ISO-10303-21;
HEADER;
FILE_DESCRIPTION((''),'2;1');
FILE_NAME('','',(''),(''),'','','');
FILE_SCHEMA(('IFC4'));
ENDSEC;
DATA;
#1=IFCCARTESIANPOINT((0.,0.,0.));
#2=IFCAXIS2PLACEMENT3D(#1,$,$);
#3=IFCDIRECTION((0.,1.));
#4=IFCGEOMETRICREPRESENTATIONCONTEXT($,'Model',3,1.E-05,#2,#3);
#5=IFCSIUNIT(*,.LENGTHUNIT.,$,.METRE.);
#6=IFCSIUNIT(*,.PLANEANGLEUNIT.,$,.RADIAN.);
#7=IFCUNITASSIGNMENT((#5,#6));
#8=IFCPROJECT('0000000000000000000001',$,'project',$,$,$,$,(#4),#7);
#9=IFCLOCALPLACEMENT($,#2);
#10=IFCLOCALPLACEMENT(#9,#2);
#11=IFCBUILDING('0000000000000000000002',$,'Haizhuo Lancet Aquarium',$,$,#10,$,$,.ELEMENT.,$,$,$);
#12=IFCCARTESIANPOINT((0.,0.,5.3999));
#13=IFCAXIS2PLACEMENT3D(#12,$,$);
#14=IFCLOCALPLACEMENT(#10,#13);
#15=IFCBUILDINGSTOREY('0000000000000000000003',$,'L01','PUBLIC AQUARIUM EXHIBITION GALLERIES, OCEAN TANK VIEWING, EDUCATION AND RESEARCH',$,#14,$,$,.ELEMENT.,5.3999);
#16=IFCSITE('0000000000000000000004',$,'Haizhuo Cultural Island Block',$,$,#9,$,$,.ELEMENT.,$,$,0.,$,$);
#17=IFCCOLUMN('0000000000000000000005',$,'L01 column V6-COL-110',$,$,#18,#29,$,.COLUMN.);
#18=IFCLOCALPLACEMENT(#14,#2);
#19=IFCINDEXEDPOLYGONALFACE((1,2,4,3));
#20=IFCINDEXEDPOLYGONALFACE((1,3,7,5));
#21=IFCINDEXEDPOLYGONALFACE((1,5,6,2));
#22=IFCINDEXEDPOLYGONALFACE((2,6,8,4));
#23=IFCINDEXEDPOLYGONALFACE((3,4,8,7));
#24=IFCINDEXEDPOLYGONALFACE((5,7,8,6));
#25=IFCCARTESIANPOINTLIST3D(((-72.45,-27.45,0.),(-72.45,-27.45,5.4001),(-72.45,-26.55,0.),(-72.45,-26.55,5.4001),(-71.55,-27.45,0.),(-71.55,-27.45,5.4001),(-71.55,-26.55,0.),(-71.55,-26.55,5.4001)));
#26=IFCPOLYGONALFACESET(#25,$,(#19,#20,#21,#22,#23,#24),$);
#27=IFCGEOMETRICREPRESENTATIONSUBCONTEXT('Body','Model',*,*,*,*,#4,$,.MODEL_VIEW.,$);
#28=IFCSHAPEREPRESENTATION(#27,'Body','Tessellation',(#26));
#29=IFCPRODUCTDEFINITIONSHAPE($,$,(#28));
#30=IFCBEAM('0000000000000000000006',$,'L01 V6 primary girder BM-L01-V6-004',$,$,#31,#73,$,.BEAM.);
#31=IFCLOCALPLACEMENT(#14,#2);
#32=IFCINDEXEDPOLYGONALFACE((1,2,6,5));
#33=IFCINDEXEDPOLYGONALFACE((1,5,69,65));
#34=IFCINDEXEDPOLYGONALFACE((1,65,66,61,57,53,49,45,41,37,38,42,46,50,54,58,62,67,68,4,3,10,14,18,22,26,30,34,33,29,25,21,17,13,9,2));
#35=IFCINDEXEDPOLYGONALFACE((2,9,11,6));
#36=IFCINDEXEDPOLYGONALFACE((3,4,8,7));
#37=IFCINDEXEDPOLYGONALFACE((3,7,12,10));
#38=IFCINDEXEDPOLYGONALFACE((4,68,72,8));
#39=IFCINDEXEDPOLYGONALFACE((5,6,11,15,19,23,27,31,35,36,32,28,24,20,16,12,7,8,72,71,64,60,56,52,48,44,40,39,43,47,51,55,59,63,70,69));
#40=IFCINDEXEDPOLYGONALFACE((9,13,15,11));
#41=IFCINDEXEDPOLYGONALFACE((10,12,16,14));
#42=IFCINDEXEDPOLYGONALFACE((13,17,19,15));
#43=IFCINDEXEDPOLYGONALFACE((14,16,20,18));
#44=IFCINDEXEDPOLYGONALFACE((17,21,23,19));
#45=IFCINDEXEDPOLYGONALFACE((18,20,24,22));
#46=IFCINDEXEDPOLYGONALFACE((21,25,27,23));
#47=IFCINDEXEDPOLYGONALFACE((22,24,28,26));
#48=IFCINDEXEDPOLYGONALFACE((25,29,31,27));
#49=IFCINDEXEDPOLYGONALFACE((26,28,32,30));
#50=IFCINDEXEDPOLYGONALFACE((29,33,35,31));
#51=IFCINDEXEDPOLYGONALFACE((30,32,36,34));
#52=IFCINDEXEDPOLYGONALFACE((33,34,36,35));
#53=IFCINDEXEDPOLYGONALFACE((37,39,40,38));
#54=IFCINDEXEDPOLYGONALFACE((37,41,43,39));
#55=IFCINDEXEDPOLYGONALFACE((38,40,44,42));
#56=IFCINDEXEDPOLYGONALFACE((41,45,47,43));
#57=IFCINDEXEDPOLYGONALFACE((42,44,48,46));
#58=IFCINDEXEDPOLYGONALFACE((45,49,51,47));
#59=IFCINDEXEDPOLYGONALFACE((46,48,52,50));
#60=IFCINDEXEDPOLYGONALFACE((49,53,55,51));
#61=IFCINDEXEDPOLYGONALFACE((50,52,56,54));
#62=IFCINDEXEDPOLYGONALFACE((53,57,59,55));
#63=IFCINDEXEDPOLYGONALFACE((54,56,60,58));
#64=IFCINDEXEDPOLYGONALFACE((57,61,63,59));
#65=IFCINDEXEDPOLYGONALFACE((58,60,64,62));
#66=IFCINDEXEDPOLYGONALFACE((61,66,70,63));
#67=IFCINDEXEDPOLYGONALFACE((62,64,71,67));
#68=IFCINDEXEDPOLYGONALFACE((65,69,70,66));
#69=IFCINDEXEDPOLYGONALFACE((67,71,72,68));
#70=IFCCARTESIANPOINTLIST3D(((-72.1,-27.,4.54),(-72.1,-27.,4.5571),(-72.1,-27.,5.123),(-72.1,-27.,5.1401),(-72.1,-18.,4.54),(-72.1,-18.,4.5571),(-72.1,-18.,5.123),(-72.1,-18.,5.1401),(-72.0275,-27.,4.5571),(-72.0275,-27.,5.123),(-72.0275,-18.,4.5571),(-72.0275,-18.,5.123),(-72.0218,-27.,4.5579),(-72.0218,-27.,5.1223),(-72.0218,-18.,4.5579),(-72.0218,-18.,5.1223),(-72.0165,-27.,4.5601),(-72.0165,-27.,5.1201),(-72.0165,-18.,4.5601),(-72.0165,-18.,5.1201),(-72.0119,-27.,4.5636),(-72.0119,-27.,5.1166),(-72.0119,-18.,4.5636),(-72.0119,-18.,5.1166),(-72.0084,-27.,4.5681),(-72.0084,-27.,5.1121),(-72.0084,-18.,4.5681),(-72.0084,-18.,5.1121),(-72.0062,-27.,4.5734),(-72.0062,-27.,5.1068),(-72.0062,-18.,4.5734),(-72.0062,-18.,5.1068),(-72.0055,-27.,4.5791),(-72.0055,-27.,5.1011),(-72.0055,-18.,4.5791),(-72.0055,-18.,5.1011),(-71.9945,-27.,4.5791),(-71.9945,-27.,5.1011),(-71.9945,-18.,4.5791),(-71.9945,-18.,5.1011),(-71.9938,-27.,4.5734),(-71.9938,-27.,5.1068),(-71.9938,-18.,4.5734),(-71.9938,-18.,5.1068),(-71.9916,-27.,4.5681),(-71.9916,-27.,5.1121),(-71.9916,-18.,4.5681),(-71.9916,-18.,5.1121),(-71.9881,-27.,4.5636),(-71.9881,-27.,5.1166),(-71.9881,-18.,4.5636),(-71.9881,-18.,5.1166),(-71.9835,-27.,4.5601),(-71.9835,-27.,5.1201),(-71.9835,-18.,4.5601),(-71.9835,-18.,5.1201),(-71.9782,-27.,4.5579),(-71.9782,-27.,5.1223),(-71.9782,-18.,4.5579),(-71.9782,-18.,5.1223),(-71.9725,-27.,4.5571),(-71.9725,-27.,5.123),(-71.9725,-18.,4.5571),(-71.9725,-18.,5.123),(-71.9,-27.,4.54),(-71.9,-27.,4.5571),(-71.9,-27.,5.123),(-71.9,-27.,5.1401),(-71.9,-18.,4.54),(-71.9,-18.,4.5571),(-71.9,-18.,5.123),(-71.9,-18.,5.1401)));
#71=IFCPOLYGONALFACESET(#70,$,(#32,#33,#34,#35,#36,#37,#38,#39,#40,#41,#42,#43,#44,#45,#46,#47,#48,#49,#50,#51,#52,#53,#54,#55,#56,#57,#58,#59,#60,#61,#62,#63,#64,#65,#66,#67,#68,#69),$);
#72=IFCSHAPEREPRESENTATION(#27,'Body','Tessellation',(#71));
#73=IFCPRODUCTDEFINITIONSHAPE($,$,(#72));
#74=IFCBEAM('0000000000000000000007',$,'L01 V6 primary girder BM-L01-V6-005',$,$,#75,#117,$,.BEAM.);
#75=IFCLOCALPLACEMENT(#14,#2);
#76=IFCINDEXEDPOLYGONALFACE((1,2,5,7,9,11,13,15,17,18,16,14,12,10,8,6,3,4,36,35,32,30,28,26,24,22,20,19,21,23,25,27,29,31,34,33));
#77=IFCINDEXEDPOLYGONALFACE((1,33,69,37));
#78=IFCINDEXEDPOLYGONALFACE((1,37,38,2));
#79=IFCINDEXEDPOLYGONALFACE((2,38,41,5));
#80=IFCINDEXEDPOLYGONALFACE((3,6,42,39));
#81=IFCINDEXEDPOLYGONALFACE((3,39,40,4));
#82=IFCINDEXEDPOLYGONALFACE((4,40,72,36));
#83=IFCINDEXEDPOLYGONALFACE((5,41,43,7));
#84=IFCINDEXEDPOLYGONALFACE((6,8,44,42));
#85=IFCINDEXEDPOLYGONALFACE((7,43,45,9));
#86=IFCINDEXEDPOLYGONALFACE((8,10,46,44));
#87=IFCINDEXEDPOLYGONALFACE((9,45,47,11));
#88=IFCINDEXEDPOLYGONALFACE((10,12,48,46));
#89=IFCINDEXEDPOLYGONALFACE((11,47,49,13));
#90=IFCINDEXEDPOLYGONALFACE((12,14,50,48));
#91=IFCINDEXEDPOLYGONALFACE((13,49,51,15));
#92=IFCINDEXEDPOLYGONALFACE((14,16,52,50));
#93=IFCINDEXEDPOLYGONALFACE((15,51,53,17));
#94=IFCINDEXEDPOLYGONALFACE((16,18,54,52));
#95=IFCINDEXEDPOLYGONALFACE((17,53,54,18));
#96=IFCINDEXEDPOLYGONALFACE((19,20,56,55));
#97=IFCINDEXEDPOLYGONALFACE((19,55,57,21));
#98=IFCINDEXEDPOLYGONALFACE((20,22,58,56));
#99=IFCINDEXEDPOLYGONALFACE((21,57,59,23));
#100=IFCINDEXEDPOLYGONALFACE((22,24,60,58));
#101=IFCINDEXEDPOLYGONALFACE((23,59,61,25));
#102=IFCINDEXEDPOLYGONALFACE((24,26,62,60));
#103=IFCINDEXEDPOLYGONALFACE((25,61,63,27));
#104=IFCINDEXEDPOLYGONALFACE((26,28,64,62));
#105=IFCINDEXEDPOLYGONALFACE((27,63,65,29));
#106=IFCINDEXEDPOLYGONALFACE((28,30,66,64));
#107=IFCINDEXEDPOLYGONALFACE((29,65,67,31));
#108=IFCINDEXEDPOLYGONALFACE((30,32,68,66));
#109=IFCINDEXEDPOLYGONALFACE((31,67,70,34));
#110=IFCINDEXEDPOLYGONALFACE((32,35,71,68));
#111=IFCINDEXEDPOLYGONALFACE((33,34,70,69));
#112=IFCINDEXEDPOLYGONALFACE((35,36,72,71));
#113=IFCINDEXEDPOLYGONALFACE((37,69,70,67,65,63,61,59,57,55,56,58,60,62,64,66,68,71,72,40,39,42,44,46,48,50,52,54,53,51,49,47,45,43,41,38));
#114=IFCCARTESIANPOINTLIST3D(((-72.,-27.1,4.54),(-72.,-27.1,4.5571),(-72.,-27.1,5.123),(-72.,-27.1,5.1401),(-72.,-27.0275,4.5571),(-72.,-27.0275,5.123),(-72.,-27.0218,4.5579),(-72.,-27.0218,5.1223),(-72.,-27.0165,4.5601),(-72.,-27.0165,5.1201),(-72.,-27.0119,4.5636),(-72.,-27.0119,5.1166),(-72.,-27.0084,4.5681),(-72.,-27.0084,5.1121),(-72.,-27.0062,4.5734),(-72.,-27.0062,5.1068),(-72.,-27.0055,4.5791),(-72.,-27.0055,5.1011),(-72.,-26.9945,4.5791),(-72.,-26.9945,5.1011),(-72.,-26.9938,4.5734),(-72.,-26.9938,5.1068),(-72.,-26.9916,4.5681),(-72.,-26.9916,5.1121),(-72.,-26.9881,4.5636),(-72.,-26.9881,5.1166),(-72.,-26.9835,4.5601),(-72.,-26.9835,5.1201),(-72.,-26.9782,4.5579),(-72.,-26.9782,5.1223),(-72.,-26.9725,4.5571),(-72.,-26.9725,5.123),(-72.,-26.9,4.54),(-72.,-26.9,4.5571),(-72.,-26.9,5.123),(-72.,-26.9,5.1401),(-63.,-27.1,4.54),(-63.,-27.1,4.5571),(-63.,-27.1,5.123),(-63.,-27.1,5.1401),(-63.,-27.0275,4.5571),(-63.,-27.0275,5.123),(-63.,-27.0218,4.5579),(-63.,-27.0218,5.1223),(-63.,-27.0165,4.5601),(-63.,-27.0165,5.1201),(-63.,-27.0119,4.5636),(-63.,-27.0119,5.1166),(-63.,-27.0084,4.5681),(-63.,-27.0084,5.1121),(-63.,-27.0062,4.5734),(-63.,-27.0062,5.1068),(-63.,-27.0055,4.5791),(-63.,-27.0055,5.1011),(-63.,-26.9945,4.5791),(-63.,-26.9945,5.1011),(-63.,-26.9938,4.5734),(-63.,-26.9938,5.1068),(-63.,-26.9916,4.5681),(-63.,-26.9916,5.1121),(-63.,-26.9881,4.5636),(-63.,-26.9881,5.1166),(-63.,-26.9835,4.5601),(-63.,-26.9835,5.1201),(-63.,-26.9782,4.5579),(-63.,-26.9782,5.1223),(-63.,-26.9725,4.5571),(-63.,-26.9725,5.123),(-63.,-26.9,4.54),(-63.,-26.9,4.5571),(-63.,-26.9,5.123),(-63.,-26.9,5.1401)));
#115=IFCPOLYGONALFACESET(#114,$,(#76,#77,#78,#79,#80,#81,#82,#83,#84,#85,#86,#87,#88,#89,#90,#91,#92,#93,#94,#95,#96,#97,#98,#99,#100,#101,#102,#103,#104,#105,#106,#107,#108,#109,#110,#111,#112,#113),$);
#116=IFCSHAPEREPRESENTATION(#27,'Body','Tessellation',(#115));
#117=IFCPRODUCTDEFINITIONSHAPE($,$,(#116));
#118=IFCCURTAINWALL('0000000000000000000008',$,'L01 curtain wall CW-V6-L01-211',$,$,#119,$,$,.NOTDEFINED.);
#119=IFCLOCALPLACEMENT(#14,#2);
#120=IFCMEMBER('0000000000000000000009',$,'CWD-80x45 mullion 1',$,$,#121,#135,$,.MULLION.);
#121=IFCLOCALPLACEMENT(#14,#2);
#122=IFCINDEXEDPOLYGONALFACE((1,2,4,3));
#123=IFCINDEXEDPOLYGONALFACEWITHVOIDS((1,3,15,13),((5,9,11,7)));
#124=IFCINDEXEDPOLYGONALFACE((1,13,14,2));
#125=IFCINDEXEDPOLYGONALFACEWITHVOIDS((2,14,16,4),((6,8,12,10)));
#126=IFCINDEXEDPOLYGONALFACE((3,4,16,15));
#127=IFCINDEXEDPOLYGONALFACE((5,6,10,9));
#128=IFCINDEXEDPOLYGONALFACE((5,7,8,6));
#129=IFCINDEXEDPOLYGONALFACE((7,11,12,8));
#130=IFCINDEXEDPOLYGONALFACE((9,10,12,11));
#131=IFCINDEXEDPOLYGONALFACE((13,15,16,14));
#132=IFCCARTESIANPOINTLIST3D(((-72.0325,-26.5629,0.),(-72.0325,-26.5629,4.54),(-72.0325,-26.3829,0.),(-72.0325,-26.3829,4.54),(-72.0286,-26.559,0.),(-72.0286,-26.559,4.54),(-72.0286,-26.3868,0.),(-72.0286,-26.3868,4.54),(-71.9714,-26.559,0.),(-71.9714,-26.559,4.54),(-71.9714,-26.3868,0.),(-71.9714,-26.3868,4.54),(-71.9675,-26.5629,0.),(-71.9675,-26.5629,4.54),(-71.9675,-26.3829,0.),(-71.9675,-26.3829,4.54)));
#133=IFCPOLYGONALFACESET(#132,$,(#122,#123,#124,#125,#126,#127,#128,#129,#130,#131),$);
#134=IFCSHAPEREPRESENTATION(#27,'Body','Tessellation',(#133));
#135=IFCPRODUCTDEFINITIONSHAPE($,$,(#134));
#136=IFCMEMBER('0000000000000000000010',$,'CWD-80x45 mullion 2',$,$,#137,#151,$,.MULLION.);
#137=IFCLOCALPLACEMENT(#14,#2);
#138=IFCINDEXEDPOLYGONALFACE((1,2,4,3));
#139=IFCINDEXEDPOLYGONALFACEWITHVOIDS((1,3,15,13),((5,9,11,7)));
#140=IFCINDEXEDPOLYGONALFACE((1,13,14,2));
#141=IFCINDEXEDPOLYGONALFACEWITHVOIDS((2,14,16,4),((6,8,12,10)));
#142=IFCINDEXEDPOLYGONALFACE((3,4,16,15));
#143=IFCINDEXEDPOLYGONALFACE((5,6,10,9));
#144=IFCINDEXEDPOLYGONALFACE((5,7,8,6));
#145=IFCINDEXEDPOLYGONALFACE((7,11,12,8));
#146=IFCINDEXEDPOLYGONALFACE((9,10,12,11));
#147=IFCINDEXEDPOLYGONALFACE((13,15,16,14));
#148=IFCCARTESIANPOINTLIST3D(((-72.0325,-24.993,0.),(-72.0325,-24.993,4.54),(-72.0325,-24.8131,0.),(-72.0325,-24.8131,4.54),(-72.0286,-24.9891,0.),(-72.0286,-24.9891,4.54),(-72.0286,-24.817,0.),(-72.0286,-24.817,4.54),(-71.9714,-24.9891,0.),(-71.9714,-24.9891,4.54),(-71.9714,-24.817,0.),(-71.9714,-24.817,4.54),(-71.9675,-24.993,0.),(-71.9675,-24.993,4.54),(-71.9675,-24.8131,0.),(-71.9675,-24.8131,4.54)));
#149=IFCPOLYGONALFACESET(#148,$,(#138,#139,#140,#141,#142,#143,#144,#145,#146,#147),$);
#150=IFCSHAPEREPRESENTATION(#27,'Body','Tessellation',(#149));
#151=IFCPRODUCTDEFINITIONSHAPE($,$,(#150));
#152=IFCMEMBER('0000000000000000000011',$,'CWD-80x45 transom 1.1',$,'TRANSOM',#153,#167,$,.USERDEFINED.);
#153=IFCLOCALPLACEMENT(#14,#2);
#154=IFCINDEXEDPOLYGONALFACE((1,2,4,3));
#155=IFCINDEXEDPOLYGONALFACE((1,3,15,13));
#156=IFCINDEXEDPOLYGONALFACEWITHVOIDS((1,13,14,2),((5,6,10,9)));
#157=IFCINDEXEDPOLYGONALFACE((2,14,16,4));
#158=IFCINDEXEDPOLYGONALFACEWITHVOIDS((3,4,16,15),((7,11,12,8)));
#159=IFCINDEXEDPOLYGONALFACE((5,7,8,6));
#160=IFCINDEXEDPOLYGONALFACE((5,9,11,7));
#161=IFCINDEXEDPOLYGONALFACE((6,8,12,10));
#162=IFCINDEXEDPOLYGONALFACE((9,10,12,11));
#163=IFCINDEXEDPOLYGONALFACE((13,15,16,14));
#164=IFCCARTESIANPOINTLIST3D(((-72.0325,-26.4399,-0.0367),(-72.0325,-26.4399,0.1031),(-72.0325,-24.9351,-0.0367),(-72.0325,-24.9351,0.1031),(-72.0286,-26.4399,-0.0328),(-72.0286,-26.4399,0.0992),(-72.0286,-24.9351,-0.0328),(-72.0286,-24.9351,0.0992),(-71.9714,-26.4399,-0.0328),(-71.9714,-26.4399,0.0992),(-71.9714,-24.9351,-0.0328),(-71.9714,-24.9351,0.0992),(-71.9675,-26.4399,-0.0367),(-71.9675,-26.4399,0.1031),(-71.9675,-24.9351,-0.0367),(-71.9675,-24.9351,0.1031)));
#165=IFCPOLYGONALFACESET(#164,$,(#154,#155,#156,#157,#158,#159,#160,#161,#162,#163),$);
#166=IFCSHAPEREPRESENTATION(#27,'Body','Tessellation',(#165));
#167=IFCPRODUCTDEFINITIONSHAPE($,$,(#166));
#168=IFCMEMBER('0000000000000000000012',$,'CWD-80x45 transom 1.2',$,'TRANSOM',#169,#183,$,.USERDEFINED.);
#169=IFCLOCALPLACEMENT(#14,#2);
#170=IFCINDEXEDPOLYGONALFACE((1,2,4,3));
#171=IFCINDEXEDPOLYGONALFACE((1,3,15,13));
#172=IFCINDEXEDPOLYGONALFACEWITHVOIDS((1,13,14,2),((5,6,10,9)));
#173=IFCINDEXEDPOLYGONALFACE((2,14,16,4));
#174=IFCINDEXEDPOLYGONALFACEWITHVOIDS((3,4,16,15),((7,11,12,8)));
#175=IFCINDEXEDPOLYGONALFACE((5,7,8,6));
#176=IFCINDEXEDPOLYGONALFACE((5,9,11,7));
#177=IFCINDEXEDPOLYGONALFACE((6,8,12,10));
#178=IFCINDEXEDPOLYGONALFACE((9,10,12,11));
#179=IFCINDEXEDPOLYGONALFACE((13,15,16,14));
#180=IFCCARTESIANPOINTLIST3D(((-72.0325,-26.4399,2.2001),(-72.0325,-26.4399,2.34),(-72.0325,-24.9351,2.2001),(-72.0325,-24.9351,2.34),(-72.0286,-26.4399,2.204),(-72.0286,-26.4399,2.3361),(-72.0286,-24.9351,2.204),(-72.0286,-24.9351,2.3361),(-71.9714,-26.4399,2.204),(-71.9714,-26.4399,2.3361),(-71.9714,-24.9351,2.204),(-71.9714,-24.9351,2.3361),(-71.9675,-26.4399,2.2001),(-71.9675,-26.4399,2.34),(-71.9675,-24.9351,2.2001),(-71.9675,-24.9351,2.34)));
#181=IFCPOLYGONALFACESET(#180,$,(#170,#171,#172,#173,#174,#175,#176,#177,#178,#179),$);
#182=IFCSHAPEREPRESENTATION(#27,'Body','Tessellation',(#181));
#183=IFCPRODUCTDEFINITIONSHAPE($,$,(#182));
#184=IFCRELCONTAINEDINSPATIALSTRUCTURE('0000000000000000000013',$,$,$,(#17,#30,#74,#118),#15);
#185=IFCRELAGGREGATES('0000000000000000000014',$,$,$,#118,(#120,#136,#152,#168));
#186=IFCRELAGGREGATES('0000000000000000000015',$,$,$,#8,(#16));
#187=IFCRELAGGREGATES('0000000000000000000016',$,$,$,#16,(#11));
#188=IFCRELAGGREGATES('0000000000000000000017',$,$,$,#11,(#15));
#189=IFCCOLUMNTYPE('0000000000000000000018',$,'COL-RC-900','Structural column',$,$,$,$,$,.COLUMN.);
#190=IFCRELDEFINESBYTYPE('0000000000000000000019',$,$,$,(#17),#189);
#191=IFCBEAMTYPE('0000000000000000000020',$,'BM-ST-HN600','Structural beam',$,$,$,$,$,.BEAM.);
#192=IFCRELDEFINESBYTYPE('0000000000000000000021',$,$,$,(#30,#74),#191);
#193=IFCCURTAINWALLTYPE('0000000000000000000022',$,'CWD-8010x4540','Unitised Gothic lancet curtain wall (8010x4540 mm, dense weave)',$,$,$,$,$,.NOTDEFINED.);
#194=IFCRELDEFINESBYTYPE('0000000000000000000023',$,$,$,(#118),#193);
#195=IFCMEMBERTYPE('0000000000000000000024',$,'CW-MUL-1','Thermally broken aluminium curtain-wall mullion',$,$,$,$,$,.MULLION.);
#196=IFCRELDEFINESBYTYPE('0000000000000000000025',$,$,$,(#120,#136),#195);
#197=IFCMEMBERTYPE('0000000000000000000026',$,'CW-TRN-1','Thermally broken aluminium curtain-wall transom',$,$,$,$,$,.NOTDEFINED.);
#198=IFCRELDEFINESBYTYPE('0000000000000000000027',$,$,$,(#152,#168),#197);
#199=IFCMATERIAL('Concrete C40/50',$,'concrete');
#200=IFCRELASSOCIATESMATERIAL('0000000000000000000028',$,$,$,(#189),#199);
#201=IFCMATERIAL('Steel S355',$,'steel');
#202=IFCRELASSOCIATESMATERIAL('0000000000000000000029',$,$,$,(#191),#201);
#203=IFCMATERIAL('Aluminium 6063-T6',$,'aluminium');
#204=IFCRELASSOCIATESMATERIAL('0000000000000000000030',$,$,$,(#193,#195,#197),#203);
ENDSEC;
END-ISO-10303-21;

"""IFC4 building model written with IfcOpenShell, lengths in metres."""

from ifc_helpers import new_model, si_unit, direction, frame, origin, origin_2d, place, context, subcontext, project, spatial, rectangle, hollow_rectangle, i_section, extrude, material, material_profile, profile_set, type_object, element, aggregate, save


model = new_model("IFC4")

# Units and contexts
model_context = context("Model", 3, precision=1e-05, world=origin(), true_north=direction((0.0, 1.0)))
body_context = subcontext(model_context, "Body", "Model", "MODEL_VIEW")
ifc_project = project(units=[si_unit("LENGTHUNIT", "METRE"), si_unit("PLANEANGLEUNIT", "RADIAN")], contexts=[model_context])

# Site, building, storey
site_placement = place(None, origin())
site = spatial("IfcSite", under=ifc_project, at=site_placement, Name="Haizhuo Cultural Island Block", CompositionType="ELEMENT", RefElevation=0.0)
building_placement = place(site_placement, origin())
building = spatial("IfcBuilding", under=site, at=building_placement, Name="Haizhuo Lancet Aquarium", CompositionType="ELEMENT")
storey_placement = place(building_placement, frame((0.0, 0.0, 5.3999)))
storey = spatial("IfcBuildingStorey", under=building, at=storey_placement, Name="L01", Description="PUBLIC AQUARIUM EXHIBITION GALLERIES, OCEAN TANK VIEWING, EDUCATION AND RESEARCH", CompositionType="ELEMENT", Elevation=5.3999)

# Column
ifc_material_1 = material(Name="Concrete C40/50", Category="concrete")
ifc_material_profile_1 = material_profile(ifc_material_1, rectangle(XDim=0.8999, YDim=0.8999, at=origin_2d()), Name="RC-COL 900x900")
ifc_profile_set_1 = profile_set([ifc_material_profile_1], Name="Concrete C40/50")
column_type = type_object("IfcColumnType", Name="COL-RC-900", Description="Structural column", PredefinedType="COLUMN", material=ifc_profile_set_1)
column_placement = place(storey_placement, frame((-72.0, -27.0, 0.0), z_axis=(0.0, 0.0, 1.0), x_axis=(1.0, 0.0, 0.0)))
element("IfcColumn", 1, at=column_placement, inside=storey, type_object=column_type, Name="L01 column V6-COL-110", PredefinedType="COLUMN", context=body_context, shape_type="SweptSolid", body=[
    extrude(rectangle(XDim=0.8999, YDim=0.8999, at=origin_2d()), origin(), (0.0, 0.0, 1.0), 5.4001),
])

# Beams
ifc_material_2 = material(Name="Steel S355", Category="steel")
ifc_material_profile_2 = material_profile(ifc_material_2, i_section(OverallWidth=0.2, OverallDepth=0.6001, WebThickness=0.011, FlangeThickness=0.0171, FilletRadius=0.022, at=origin_2d()), Name="HN 600x200x11x17")
ifc_profile_set_2 = profile_set([ifc_material_profile_2], Name="Steel S355")
beam_type = type_object("IfcBeamType", Name="BM-ST-HN600", Description="Structural beam", PredefinedType="BEAM", material=ifc_profile_set_2)
for number, where, z_axis, x_axis, name in (
    (2, (-72.0, -27.0, 4.8401), (0.0, 1.0, 0.0), (-1.0, 0.0, 0.0), "L01 V6 primary girder BM-L01-V6-004"),
    (3, (-72.0, -27.0, 4.8401), (1.0, 0.0, 0.0), (0.0, 1.0, 0.0), "L01 V6 primary girder BM-L01-V6-005"),
):
    element("IfcBeam", number, at=place(storey_placement, frame(where, z_axis=z_axis, x_axis=x_axis)), inside=storey, type_object=beam_type, Name=name, PredefinedType="BEAM", context=body_context, shape_type="SweptSolid", body=[
        extrude(i_section(OverallWidth=0.2, OverallDepth=0.6001, WebThickness=0.011, FlangeThickness=0.0171, FilletRadius=0.022, at=origin_2d()), origin(), (0.0, 0.0, 1.0), 9.0),
    ])

# Curtain wall, members
ifc_material_3 = material(Name="Aluminium 6063-T6", Category="aluminium")
curtain_wall_type = type_object("IfcCurtainWallType", Name="CWD-8010x4540", Description="Unitised Gothic lancet curtain wall (8010x4540 mm, dense weave)", PredefinedType="NOTDEFINED", material=ifc_material_3)
curtain_wall_placement = place(storey_placement, origin())
curtain_wall = element("IfcCurtainWall", 4, at=curtain_wall_placement, inside=storey, type_object=curtain_wall_type, Name="L01 curtain wall CW-V6-L01-211", PredefinedType="NOTDEFINED")
ifc_material_profile_3 = material_profile(ifc_material_3, hollow_rectangle(XDim=0.0649, YDim=0.1799, WallThickness=0.0039, at=origin_2d()), Name="ALU-M 65x180x4")
ifc_profile_set_3 = profile_set([ifc_material_profile_3], Name="Aluminium 6063-T6")
member_type_1 = type_object("IfcMemberType", Name="CW-MUL-1", Description="Thermally broken aluminium curtain-wall mullion", PredefinedType="MULLION", material=ifc_profile_set_3)
member_1_placement = place(storey_placement, frame((-72.0, -26.4729, 0.0), z_axis=(0.0, 0.0, 1.0), x_axis=(-1.0, 0.0, 0.0)))
member_1 = element("IfcMember", 5, at=member_1_placement, type_object=member_type_1, Name="CWD-80x45 mullion 1", PredefinedType="MULLION", context=body_context, shape_type="SweptSolid", body=[
    extrude(hollow_rectangle(XDim=0.0649, YDim=0.1799, WallThickness=0.0039, at=origin_2d()), origin(), (0.0, 0.0, 1.0), 4.54),
])
member_2_placement = place(storey_placement, frame((-72.0, -24.9031, 0.0), z_axis=(0.0, 0.0, 1.0), x_axis=(-1.0, 0.0, 0.0)))
member_2 = element("IfcMember", 6, at=member_2_placement, type_object=member_type_1, Name="CWD-80x45 mullion 2", PredefinedType="MULLION", context=body_context, shape_type="SweptSolid", body=[
    extrude(hollow_rectangle(XDim=0.0649, YDim=0.1799, WallThickness=0.0039, at=origin_2d()), origin(), (0.0, 0.0, 1.0), 4.54),
])
ifc_material_profile_4 = material_profile(ifc_material_3, hollow_rectangle(XDim=0.0649, YDim=0.1399, WallThickness=0.0039, at=origin_2d()), Name="ALU-T 65x140x4")
ifc_profile_set_4 = profile_set([ifc_material_profile_4], Name="Aluminium 6063-T6")
member_type_2 = type_object("IfcMemberType", Name="CW-TRN-1", Description="Thermally broken aluminium curtain-wall transom", PredefinedType="NOTDEFINED", material=ifc_profile_set_4)
member_3_placement = place(storey_placement, frame((-72.0, -26.4399, 0.0332), z_axis=(0.0, 1.0, 0.0), x_axis=(-1.0, 0.0, 0.0)))
member_3 = element("IfcMember", 7, at=member_3_placement, type_object=member_type_2, Name="CWD-80x45 transom 1.1", ObjectType="TRANSOM", PredefinedType="USERDEFINED", context=body_context, shape_type="SweptSolid", body=[
    extrude(hollow_rectangle(XDim=0.0649, YDim=0.1399, WallThickness=0.0039, at=origin_2d()), origin(), (0.0, 0.0, 1.0), 1.5049),
])
member_4_placement = place(storey_placement, frame((-72.0, -26.4399, 2.27), z_axis=(0.0, 1.0, 0.0), x_axis=(-1.0, 0.0, 0.0)))
member_4 = element("IfcMember", 8, at=member_4_placement, type_object=member_type_2, Name="CWD-80x45 transom 1.2", ObjectType="TRANSOM", PredefinedType="USERDEFINED", context=body_context, shape_type="SweptSolid", body=[
    extrude(hollow_rectangle(XDim=0.0649, YDim=0.1399, WallThickness=0.0039, at=origin_2d()), origin(), (0.0, 0.0, 1.0), 1.5049),
])

aggregate(curtain_wall, [member_1, member_2, member_3, member_4])

save(model, "model.ifc")
